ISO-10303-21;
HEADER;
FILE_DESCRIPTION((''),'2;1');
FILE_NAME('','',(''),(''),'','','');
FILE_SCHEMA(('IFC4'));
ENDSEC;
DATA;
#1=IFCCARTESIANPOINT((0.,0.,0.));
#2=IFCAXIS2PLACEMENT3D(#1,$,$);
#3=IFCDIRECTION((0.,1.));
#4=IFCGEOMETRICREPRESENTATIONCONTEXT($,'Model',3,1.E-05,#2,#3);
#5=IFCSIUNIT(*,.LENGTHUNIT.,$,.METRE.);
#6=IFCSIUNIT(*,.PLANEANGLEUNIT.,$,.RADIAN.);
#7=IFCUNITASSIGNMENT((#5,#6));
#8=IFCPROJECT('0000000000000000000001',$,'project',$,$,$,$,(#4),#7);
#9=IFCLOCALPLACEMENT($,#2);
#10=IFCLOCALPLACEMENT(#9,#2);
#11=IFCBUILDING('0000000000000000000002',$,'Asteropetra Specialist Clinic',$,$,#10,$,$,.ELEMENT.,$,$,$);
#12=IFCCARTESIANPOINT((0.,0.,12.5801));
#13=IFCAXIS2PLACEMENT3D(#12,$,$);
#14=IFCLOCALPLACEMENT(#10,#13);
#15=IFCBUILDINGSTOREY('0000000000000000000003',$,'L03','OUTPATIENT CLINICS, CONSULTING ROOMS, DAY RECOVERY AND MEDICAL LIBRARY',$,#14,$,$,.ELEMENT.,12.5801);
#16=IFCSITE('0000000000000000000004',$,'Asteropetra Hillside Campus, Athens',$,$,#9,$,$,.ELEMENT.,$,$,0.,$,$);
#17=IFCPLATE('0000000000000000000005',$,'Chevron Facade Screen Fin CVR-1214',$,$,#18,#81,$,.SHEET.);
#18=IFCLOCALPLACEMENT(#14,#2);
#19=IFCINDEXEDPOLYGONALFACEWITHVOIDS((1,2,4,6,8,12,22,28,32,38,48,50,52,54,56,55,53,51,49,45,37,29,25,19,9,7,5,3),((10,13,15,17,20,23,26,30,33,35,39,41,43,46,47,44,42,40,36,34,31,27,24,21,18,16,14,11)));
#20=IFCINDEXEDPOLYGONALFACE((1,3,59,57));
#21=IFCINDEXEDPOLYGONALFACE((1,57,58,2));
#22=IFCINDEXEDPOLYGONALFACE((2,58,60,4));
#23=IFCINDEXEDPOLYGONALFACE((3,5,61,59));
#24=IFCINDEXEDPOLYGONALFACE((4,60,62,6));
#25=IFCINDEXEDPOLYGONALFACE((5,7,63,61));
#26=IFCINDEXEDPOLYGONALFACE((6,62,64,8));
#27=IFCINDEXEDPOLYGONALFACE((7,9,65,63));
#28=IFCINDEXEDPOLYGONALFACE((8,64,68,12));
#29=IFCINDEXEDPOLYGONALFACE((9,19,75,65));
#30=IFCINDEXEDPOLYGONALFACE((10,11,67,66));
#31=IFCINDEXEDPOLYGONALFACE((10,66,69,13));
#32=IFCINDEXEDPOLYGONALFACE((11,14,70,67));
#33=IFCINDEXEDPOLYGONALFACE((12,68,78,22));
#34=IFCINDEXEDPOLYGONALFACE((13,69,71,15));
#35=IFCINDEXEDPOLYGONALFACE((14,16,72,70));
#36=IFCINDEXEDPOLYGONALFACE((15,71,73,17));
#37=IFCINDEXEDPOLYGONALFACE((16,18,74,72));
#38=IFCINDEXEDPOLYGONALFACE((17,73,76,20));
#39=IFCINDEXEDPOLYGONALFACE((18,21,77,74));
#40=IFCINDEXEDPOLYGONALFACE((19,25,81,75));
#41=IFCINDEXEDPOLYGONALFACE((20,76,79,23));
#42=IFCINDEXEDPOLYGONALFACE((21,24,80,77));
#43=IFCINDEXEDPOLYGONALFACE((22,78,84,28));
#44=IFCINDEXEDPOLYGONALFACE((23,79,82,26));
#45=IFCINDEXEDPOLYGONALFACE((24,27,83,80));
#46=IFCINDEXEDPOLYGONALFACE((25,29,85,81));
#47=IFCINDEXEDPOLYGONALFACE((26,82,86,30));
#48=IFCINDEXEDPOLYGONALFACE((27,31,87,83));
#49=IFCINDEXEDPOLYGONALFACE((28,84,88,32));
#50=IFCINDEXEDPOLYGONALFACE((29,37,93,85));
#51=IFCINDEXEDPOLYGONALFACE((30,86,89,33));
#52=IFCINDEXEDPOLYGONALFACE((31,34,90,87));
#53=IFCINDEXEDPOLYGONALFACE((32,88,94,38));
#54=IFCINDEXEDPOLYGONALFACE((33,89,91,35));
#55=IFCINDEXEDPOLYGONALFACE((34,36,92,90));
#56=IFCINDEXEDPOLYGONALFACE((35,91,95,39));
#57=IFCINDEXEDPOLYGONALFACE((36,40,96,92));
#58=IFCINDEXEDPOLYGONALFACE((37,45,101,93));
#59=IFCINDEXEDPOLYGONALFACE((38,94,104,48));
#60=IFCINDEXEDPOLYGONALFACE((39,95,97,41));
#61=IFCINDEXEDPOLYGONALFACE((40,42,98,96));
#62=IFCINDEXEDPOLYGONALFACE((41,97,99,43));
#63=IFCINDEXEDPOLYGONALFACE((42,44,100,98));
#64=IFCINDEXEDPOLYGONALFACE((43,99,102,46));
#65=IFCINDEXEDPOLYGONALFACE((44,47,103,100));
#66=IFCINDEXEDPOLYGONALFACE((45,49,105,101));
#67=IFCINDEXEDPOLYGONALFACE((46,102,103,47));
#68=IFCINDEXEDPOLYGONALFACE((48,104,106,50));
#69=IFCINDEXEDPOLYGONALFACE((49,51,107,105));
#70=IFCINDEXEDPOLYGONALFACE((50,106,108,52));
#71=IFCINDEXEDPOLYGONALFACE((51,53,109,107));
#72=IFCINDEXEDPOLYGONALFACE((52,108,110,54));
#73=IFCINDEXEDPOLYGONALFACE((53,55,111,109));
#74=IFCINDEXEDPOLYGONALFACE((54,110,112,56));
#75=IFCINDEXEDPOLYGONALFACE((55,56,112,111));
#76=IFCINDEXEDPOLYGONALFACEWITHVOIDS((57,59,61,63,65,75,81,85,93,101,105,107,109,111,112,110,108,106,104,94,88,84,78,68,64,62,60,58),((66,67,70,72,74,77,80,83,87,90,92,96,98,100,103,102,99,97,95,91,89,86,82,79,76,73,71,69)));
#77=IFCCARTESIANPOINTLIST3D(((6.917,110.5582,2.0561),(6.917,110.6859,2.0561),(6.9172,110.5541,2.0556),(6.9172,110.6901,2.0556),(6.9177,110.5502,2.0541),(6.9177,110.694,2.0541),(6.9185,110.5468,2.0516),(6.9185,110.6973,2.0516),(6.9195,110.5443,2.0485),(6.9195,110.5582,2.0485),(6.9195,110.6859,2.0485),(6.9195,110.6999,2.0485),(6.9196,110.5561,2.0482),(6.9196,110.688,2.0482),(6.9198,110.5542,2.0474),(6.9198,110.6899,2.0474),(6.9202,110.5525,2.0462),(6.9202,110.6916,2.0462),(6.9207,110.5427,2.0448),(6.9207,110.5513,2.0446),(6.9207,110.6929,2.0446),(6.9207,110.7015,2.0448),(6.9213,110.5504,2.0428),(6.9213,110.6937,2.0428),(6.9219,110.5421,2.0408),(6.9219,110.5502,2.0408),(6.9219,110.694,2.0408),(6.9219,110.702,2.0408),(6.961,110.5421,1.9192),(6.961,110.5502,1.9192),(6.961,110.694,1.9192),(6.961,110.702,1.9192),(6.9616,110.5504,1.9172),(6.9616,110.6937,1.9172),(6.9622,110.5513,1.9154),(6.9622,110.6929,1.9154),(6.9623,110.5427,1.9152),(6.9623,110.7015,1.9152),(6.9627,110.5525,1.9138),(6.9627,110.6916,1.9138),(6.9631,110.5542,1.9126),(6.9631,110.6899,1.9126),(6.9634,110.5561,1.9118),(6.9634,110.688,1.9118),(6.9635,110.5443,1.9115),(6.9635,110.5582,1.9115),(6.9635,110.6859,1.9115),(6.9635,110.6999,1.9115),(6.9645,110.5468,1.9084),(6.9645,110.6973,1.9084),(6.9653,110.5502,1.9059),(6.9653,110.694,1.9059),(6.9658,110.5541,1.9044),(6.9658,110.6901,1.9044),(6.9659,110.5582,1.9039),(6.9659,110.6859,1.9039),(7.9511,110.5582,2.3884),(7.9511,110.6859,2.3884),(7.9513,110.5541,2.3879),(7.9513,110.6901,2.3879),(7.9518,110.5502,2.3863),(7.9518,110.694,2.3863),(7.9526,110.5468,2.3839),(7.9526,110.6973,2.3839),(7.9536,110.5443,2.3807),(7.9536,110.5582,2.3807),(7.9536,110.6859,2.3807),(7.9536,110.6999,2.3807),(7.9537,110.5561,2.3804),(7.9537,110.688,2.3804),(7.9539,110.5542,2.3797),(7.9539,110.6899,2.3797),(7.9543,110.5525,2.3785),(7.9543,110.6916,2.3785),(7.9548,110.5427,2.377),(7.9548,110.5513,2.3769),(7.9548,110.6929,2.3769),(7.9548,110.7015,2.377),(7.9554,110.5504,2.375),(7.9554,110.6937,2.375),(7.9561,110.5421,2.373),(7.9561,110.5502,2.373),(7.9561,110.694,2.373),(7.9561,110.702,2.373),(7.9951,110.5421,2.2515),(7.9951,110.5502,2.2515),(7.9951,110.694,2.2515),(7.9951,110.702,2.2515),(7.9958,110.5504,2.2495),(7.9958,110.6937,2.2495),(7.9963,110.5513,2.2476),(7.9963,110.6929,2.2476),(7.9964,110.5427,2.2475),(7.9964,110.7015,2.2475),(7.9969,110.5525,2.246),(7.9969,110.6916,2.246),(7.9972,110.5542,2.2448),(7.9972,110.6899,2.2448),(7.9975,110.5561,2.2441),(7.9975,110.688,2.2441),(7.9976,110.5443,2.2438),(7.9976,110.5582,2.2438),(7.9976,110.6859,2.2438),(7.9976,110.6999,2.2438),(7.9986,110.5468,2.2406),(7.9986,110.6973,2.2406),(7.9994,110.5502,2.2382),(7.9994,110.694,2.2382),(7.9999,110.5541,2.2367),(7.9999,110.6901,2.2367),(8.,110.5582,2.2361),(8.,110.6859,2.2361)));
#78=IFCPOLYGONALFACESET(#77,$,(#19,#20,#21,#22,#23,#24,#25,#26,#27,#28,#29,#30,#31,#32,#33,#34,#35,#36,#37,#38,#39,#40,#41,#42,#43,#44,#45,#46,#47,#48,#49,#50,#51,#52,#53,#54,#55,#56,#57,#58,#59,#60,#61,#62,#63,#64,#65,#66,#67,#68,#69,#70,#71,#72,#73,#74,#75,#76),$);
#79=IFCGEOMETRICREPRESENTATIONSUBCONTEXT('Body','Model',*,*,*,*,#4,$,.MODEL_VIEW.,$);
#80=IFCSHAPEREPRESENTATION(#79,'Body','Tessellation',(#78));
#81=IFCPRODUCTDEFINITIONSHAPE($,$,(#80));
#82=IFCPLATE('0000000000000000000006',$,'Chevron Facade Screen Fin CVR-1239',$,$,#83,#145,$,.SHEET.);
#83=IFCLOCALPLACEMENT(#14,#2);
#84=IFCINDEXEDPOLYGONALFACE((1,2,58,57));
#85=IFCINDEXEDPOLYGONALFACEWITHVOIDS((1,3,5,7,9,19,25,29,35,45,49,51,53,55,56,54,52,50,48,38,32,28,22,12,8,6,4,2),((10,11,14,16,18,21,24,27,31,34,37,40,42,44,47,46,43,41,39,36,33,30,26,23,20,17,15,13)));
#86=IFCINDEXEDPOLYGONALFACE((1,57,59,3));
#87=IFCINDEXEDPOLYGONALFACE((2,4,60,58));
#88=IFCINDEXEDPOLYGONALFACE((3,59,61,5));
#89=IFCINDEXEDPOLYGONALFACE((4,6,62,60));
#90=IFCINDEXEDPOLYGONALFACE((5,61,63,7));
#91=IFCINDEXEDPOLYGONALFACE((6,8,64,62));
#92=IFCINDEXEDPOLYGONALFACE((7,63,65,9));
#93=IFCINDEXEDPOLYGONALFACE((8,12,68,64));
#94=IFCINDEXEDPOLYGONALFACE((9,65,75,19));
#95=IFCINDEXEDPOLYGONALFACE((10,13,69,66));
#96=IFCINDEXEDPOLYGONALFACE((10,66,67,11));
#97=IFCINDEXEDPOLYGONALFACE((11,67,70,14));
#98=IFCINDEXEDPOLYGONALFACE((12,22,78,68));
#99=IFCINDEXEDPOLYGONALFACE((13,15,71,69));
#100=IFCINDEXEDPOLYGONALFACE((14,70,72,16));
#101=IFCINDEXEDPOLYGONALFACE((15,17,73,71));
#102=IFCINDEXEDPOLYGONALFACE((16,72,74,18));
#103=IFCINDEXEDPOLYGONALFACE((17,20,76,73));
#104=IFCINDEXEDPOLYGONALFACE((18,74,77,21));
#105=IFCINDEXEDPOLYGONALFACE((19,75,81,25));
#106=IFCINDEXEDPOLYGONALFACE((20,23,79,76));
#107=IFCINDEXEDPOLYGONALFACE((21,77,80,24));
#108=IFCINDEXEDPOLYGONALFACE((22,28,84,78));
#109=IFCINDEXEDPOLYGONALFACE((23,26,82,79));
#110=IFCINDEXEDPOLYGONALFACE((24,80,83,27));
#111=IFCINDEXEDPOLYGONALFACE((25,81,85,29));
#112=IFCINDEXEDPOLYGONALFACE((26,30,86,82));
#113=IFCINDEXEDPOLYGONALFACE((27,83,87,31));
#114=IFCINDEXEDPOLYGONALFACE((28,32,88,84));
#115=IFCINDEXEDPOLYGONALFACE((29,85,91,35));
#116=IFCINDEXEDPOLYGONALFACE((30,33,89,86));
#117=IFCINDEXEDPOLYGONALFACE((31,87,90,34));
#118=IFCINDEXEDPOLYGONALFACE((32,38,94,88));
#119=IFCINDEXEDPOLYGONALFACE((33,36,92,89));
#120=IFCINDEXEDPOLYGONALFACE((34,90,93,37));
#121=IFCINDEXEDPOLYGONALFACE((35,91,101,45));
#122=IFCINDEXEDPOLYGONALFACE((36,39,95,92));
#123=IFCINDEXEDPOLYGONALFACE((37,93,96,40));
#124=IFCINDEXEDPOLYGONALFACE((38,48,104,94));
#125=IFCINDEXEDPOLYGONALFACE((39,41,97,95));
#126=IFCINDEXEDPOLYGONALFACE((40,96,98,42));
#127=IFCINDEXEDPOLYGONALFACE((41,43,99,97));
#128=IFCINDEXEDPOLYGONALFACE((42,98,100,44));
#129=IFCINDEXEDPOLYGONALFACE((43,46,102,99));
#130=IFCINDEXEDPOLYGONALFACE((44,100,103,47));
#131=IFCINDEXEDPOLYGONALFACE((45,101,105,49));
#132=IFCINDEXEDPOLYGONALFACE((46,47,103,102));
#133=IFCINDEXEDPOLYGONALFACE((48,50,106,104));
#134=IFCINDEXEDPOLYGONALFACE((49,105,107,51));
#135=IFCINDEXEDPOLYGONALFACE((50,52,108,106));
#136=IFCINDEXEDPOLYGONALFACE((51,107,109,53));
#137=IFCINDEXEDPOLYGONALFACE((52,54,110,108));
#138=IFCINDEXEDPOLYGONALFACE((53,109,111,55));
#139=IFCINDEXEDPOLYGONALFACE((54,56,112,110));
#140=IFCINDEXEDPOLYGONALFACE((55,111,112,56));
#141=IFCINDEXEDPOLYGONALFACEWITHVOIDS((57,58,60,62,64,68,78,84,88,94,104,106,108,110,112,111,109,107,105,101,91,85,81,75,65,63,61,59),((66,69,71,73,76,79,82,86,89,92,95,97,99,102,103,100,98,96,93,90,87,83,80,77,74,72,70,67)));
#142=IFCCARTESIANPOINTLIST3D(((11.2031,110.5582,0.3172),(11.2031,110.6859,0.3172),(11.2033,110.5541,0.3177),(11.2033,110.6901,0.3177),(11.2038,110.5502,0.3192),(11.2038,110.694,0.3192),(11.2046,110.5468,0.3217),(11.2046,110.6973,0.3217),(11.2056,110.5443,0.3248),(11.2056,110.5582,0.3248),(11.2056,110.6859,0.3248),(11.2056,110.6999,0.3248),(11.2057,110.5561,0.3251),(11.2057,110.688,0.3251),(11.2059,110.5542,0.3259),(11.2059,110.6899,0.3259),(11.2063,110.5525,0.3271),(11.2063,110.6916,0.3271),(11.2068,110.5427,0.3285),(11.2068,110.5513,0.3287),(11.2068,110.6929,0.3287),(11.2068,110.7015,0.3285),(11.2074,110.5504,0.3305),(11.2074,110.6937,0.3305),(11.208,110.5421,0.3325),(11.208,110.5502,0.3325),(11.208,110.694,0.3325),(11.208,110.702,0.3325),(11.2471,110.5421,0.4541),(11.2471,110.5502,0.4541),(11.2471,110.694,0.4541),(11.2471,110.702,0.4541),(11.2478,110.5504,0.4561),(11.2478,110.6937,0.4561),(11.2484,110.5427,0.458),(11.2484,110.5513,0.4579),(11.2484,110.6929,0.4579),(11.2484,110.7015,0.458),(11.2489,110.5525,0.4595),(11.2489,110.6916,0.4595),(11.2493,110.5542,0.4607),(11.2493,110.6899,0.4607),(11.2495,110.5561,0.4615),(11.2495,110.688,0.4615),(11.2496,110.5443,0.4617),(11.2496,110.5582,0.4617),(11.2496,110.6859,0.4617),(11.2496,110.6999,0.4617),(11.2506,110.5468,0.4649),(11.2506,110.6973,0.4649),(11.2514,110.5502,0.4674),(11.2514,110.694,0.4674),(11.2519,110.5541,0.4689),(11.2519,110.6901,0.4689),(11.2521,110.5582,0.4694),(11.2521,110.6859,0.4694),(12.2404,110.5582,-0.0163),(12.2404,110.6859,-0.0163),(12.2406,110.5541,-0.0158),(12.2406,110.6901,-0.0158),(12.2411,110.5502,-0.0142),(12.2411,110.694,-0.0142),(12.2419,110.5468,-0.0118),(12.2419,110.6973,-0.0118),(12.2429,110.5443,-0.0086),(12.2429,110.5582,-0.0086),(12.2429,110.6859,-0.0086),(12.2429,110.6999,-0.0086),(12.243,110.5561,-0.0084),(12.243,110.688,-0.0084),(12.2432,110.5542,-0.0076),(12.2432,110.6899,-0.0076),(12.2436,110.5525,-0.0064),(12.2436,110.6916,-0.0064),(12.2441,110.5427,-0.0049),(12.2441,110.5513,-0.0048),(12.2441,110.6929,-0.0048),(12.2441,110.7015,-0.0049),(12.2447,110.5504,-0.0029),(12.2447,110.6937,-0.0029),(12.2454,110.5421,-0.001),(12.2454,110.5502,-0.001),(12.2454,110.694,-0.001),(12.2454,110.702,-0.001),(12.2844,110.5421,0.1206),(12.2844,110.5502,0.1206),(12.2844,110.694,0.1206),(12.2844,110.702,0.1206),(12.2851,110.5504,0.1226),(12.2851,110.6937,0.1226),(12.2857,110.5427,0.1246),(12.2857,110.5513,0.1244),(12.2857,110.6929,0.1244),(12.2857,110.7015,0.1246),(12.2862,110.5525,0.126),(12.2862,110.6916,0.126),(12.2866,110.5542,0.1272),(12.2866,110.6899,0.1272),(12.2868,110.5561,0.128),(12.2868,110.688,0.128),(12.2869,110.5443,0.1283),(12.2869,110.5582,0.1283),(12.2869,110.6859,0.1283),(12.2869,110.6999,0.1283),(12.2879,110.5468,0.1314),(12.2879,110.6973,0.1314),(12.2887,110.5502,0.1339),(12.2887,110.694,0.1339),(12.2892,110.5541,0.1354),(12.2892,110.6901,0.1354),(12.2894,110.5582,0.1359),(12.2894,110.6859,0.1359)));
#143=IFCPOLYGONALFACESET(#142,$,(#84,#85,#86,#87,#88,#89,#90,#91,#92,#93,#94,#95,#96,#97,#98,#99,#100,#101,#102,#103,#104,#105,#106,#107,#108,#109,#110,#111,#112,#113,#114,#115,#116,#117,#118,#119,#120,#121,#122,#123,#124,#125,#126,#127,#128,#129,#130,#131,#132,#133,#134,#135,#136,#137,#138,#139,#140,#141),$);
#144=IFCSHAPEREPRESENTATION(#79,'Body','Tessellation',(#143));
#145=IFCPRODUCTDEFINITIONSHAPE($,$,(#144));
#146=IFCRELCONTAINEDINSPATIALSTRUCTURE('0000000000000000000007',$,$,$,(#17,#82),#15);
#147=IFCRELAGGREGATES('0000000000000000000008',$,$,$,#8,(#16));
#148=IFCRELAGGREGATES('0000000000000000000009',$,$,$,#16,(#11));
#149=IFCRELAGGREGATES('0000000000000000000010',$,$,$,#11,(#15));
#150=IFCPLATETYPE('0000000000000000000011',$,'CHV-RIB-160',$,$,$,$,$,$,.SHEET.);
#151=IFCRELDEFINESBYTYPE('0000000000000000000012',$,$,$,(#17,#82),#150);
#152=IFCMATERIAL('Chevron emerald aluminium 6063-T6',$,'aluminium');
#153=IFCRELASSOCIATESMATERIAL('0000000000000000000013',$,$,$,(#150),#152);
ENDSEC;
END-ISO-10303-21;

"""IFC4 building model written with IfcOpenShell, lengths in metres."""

from ifc_helpers import new_model, si_unit, direction, frame, origin, origin_2d, place, context, subcontext, project, spatial, hollow_rectangle, extrude, material, material_profile, profile_set, type_object, element, save


model = new_model("IFC4")

# Units and contexts
model_context = context("Model", 3, precision=1e-05, world=origin(), true_north=direction((0.0, 1.0)))
body_context = subcontext(model_context, "Body", "Model", "MODEL_VIEW")
ifc_project = project(units=[si_unit("LENGTHUNIT", "METRE"), si_unit("PLANEANGLEUNIT", "RADIAN")], contexts=[model_context])

# Site, building, storey
site_placement = place(None, origin())
site = spatial("IfcSite", under=ifc_project, at=site_placement, Name="Asteropetra Hillside Campus, Athens", CompositionType="ELEMENT", RefElevation=0.0)
building_placement = place(site_placement, origin())
building = spatial("IfcBuilding", under=site, at=building_placement, Name="Asteropetra Specialist Clinic", CompositionType="ELEMENT")
storey_placement = place(building_placement, frame((0.0, 0.0, 12.5801)))
storey = spatial("IfcBuildingStorey", under=building, at=storey_placement, Name="L03", Description="OUTPATIENT CLINICS, CONSULTING ROOMS, DAY RECOVERY AND MEDICAL LIBRARY", CompositionType="ELEMENT", Elevation=12.5801)

# Plates
ifc_material_1 = material(Name="Chevron emerald aluminium 6063-T6", Category="aluminium")
ifc_material_profile_1 = material_profile(ifc_material_1, hollow_rectangle(XDim=0.1599, YDim=0.1599, WallThickness=0.0081, InnerFilletRadius=0.0081, OuterFilletRadius=0.0161, at=origin_2d()), Name="SHS 160x160x8.0")
ifc_profile_set_1 = profile_set([ifc_material_profile_1], Name="Chevron emerald aluminium 6063-T6")
plate_type = type_object("IfcPlateType", Name="CHV-RIB-160", PredefinedType="SHEET", material=ifc_profile_set_1)
plate_1_placement = place(storey_placement, frame((7.9756, 110.6221, 2.3123), z_axis=(-0.952066, 0.0, -0.305893), x_axis=(0.0, -1.0, 0.0)))
element("IfcPlate", 1, at=plate_1_placement, inside=storey, type_object=plate_type, Name="Chevron Facade Screen Fin CVR-1214", PredefinedType="SHEET", context=body_context, shape_type="SweptSolid", body=[
    extrude(hollow_rectangle(XDim=0.1599, YDim=0.1599, WallThickness=0.0081, InnerFilletRadius=0.0081, OuterFilletRadius=0.0161, at=origin_2d()), origin(), (0.0, 0.0, 1.0), 1.0862),
])
plate_2_placement = place(storey_placement, frame((12.2649, 110.6221, 0.0598), z_axis=(-0.952012, 0.0, 0.30606), x_axis=(0.0, -1.0, 0.0)))
element("IfcPlate", 2, at=plate_2_placement, inside=storey, type_object=plate_type, Name="Chevron Facade Screen Fin CVR-1239", PredefinedType="SHEET", context=body_context, shape_type="SweptSolid", body=[
    extrude(hollow_rectangle(XDim=0.1599, YDim=0.1599, WallThickness=0.0081, InnerFilletRadius=0.0081, OuterFilletRadius=0.0161, at=origin_2d()), origin(), (0.0, 0.0, 1.0), 1.0896),
])

save(model, "model.ifc")
